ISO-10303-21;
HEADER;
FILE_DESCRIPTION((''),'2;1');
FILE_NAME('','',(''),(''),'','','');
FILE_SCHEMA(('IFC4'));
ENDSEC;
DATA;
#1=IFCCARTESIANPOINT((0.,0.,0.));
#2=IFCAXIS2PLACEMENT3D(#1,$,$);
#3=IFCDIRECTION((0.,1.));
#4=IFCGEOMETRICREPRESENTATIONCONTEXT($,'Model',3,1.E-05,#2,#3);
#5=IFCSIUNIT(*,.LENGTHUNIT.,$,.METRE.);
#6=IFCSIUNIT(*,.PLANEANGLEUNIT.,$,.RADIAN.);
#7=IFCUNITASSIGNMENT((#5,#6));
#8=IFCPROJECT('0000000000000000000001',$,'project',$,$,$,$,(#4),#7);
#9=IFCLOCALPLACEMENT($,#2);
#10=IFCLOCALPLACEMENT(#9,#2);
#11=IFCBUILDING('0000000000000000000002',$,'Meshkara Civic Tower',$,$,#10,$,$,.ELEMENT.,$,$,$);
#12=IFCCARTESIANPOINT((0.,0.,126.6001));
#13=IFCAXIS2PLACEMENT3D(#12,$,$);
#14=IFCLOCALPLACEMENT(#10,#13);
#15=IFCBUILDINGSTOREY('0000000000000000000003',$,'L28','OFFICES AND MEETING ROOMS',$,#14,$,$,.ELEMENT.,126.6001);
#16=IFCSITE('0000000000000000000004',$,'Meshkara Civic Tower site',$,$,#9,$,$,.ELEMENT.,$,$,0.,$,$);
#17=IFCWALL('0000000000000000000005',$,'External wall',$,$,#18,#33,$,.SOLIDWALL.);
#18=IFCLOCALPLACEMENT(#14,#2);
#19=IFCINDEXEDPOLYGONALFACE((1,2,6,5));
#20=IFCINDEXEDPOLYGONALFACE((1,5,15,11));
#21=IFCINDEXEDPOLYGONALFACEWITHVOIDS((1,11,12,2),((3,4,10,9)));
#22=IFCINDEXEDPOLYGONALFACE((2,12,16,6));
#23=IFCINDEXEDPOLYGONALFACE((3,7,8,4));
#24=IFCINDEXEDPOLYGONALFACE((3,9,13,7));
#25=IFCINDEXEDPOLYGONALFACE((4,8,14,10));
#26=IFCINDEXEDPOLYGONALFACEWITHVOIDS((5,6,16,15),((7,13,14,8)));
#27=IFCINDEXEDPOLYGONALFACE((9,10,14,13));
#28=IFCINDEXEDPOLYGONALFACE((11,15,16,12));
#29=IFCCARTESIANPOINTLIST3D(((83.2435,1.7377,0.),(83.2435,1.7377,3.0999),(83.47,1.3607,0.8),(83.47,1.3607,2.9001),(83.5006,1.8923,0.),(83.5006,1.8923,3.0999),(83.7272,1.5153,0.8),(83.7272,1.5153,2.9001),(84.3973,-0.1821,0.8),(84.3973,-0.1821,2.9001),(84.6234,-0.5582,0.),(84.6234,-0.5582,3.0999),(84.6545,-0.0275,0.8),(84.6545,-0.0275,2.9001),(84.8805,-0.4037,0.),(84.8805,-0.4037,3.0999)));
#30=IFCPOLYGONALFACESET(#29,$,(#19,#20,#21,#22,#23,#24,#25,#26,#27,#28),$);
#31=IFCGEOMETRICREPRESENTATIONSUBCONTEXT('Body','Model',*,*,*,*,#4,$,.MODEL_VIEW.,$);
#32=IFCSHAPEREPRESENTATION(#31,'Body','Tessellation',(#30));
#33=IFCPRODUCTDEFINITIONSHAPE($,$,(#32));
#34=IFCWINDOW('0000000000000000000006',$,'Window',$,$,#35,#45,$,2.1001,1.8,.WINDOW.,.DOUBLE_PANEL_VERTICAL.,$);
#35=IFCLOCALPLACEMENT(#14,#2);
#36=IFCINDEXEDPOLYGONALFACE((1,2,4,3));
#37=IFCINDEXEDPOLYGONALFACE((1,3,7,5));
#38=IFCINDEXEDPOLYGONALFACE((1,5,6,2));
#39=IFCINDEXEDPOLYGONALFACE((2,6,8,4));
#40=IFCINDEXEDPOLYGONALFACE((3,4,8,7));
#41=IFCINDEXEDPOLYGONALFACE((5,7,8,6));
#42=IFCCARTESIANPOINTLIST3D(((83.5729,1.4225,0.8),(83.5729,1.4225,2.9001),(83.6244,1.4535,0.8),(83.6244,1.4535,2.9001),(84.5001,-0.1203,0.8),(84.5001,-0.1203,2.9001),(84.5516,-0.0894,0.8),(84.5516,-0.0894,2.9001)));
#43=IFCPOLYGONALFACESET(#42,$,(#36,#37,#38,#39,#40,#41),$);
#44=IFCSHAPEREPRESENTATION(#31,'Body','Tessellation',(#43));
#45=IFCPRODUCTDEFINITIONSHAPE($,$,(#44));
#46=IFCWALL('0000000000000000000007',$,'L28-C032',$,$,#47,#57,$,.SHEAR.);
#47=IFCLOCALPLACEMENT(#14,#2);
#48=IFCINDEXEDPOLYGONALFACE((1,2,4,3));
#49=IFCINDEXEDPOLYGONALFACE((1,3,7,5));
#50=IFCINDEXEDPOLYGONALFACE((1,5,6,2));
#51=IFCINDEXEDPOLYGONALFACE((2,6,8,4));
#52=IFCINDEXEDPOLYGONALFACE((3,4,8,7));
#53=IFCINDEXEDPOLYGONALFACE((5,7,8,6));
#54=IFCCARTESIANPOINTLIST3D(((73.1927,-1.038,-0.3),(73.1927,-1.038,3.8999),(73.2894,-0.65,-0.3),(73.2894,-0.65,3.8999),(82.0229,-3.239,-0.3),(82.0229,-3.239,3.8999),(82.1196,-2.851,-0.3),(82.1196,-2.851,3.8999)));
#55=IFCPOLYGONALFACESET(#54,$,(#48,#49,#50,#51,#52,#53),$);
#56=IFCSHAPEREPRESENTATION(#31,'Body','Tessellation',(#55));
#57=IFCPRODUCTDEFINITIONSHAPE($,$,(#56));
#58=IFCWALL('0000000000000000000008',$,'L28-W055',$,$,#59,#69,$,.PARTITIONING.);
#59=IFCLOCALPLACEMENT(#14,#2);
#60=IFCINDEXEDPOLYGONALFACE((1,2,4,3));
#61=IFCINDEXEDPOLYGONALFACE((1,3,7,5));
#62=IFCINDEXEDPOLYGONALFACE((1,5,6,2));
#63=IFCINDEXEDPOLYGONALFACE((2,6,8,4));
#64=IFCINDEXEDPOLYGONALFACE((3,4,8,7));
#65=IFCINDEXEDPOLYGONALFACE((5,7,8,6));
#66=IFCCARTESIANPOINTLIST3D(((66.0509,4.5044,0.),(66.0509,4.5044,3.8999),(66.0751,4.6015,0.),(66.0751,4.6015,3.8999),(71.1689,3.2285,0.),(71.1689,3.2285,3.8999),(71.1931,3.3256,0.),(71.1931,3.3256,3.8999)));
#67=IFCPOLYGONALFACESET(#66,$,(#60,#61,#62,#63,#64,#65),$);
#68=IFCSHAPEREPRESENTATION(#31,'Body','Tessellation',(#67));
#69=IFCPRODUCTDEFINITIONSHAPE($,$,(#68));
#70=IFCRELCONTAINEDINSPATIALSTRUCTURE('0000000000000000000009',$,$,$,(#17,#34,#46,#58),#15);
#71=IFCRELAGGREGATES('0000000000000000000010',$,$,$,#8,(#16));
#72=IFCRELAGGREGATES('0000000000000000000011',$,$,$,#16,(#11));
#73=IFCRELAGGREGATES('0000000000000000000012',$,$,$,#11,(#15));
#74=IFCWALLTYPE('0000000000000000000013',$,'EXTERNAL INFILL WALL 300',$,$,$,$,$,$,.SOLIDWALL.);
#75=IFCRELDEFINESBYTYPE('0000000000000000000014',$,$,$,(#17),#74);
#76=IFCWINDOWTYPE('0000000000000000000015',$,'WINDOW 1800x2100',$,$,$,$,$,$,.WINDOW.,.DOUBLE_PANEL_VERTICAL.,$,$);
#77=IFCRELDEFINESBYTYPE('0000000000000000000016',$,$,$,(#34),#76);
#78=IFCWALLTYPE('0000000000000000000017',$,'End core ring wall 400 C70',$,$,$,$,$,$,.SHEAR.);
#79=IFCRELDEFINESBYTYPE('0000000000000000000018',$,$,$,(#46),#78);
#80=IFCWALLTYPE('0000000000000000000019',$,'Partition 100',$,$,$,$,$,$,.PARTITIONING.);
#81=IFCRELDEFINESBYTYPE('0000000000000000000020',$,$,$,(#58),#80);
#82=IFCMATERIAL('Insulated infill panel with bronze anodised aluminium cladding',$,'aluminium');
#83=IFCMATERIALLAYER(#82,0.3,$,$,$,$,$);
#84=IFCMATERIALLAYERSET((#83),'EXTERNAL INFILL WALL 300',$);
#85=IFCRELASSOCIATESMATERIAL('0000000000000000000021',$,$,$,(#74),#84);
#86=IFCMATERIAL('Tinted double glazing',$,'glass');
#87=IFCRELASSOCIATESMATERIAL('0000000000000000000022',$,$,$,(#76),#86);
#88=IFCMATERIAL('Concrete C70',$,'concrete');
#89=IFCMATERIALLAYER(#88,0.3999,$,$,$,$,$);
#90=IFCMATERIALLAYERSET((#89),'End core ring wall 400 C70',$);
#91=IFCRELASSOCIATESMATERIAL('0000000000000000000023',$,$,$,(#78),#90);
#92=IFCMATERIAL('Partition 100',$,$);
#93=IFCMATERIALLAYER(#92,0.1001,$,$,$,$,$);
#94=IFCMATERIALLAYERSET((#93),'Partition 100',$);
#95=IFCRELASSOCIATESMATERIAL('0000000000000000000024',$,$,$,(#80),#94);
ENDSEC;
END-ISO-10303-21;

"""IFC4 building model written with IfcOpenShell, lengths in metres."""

from ifc_helpers import new_model, si_unit, direction, frame, frame_2d, origin, place, context, subcontext, project, spatial, rectangle, extrude, material, layer, layer_set, type_object, element, fill, save


model = new_model("IFC4")

# Units and contexts
model_context = context("Model", 3, precision=1e-05, world=origin(), true_north=direction((0.0, 1.0)))
body_context = subcontext(model_context, "Body", "Model", "MODEL_VIEW")
ifc_project = project(units=[si_unit("LENGTHUNIT", "METRE"), si_unit("PLANEANGLEUNIT", "RADIAN")], contexts=[model_context])

# Site, building, storey
site_placement = place(None, origin())
site = spatial("IfcSite", under=ifc_project, at=site_placement, Name="Meshkara Civic Tower site", CompositionType="ELEMENT", RefElevation=0.0)
building_placement = place(site_placement, origin())
building = spatial("IfcBuilding", under=site, at=building_placement, Name="Meshkara Civic Tower", CompositionType="ELEMENT")
storey_placement = place(building_placement, frame((0.0, 0.0, 126.6001)))
storey = spatial("IfcBuildingStorey", under=building, at=storey_placement, Name="L28", Description="OFFICES AND MEETING ROOMS", CompositionType="ELEMENT", Elevation=126.6001)

# Wall, opening, window
ifc_material_1 = material(Name="Insulated infill panel with bronze anodised aluminium cladding", Category="aluminium")
ifc_layer_1 = layer(ifc_material_1, 0.3)
ifc_layer_set_1 = layer_set([ifc_layer_1], Name="EXTERNAL INFILL WALL 300")
wall_type_1 = type_object("IfcWallType", Name="EXTERNAL INFILL WALL 300", PredefinedType="SOLIDWALL", material=ifc_layer_set_1)
ifc_material_2 = material(Name="Tinted double glazing", Category="glass")
window_type_1 = type_object("IfcWindowType", Name="WINDOW 1800x2100", PartitioningType="DOUBLE_PANEL_VERTICAL", PredefinedType="WINDOW", material=ifc_material_2)
wall_1_placement = place(storey_placement, frame((84.752, -0.481, 0.0), z_axis=(0.0, 0.0, 1.0), x_axis=(-0.515139, 0.857107, 0.0)))
wall_1 = element("IfcWall", 1, at=wall_1_placement, inside=storey, type_object=wall_type_1, Name="External wall", PredefinedType="SOLIDWALL", context=body_context, shape_type="SweptSolid", body=[
    extrude(rectangle(XDim=2.6787, YDim=0.3, at=frame_2d((1.3394, 0.0))), origin(), (0.0, 0.0, 1.0), 3.0999),
])
opening_1_placement = place(wall_1_placement, frame((0.439, 0.0, 0.8)))
opening_1 = element("IfcOpeningElement", 2, at=opening_1_placement, cuts=wall_1, PredefinedType="OPENING", context=body_context, shape_type="SweptSolid", body=[
    extrude(rectangle(XDim=1.8, YDim=2.1001, at=frame_2d((0.8999, 1.05))), frame((0.0, 0.1599, 0.0), z_axis=(0.0, -1.0, 0.0), x_axis=(1.0, 0.0, 0.0)), (0.0, 0.0, 1.0), 0.3201),
])
window_1_placement = place(opening_1_placement, origin())
window_1 = element("IfcWindow", 3, at=window_1_placement, inside=storey, type_object=window_type_1, Name="Window", OverallHeight=2.1001, OverallWidth=1.8, PartitioningType="DOUBLE_PANEL_VERTICAL", PredefinedType="WINDOW", context=body_context, shape_type="SweptSolid", body=[
    extrude(rectangle(XDim=1.8, YDim=2.1001, at=frame_2d((0.8999, 1.05))), frame((0.0, 0.03, 0.0), z_axis=(0.0, -1.0, 0.0), x_axis=(1.0, 0.0, 0.0)), (0.0, 0.0, 1.0), 0.0601),
])
fill(opening_1, window_1)

# Walls
ifc_material_3 = material(Name="Concrete C70", Category="concrete")
ifc_layer_2 = layer(ifc_material_3, 0.3999)
ifc_layer_set_2 = layer_set([ifc_layer_2], Name="End core ring wall 400 C70")
wall_type_2 = type_object("IfcWallType", Name="End core ring wall 400 C70", PredefinedType="SHEAR", material=ifc_layer_set_2)
wall_2_placement = place(storey_placement, frame((73.241, -0.844, -0.3), z_axis=(0.0, 0.0, 1.0), x_axis=(0.970313, -0.241854, 0.0)))
element("IfcWall", 4, at=wall_2_placement, inside=storey, type_object=wall_type_2, Name="L28-C032", PredefinedType="SHEAR", context=body_context, shape_type="SweptSolid", body=[
    extrude(rectangle(XDim=9.1003, YDim=0.3999, at=frame_2d((4.5503, 0.0))), origin(), (0.0, 0.0, 1.0), 4.2),
])
ifc_material_4 = material(Name="Partition 100")
ifc_layer_3 = layer(ifc_material_4, 0.1001)
ifc_layer_set_3 = layer_set([ifc_layer_3], Name="Partition 100")
wall_type_3 = type_object("IfcWallType", Name="Partition 100", PredefinedType="PARTITIONING", material=ifc_layer_set_3)
wall_3_placement = place(storey_placement, frame((71.1809, 3.2771, 0.0), z_axis=(0.0, 0.0, 1.0), x_axis=(-0.970303, 0.241893, 0.0)))
element("IfcWall", 5, at=wall_3_placement, inside=storey, type_object=wall_type_3, Name="L28-W055", PredefinedType="PARTITIONING", context=body_context, shape_type="SweptSolid", body=[
    extrude(rectangle(XDim=5.2747, YDim=0.1001, at=frame_2d((2.6372, 0.0))), origin(), (0.0, 0.0, 1.0), 3.8999),
])

save(model, "model.ifc")
